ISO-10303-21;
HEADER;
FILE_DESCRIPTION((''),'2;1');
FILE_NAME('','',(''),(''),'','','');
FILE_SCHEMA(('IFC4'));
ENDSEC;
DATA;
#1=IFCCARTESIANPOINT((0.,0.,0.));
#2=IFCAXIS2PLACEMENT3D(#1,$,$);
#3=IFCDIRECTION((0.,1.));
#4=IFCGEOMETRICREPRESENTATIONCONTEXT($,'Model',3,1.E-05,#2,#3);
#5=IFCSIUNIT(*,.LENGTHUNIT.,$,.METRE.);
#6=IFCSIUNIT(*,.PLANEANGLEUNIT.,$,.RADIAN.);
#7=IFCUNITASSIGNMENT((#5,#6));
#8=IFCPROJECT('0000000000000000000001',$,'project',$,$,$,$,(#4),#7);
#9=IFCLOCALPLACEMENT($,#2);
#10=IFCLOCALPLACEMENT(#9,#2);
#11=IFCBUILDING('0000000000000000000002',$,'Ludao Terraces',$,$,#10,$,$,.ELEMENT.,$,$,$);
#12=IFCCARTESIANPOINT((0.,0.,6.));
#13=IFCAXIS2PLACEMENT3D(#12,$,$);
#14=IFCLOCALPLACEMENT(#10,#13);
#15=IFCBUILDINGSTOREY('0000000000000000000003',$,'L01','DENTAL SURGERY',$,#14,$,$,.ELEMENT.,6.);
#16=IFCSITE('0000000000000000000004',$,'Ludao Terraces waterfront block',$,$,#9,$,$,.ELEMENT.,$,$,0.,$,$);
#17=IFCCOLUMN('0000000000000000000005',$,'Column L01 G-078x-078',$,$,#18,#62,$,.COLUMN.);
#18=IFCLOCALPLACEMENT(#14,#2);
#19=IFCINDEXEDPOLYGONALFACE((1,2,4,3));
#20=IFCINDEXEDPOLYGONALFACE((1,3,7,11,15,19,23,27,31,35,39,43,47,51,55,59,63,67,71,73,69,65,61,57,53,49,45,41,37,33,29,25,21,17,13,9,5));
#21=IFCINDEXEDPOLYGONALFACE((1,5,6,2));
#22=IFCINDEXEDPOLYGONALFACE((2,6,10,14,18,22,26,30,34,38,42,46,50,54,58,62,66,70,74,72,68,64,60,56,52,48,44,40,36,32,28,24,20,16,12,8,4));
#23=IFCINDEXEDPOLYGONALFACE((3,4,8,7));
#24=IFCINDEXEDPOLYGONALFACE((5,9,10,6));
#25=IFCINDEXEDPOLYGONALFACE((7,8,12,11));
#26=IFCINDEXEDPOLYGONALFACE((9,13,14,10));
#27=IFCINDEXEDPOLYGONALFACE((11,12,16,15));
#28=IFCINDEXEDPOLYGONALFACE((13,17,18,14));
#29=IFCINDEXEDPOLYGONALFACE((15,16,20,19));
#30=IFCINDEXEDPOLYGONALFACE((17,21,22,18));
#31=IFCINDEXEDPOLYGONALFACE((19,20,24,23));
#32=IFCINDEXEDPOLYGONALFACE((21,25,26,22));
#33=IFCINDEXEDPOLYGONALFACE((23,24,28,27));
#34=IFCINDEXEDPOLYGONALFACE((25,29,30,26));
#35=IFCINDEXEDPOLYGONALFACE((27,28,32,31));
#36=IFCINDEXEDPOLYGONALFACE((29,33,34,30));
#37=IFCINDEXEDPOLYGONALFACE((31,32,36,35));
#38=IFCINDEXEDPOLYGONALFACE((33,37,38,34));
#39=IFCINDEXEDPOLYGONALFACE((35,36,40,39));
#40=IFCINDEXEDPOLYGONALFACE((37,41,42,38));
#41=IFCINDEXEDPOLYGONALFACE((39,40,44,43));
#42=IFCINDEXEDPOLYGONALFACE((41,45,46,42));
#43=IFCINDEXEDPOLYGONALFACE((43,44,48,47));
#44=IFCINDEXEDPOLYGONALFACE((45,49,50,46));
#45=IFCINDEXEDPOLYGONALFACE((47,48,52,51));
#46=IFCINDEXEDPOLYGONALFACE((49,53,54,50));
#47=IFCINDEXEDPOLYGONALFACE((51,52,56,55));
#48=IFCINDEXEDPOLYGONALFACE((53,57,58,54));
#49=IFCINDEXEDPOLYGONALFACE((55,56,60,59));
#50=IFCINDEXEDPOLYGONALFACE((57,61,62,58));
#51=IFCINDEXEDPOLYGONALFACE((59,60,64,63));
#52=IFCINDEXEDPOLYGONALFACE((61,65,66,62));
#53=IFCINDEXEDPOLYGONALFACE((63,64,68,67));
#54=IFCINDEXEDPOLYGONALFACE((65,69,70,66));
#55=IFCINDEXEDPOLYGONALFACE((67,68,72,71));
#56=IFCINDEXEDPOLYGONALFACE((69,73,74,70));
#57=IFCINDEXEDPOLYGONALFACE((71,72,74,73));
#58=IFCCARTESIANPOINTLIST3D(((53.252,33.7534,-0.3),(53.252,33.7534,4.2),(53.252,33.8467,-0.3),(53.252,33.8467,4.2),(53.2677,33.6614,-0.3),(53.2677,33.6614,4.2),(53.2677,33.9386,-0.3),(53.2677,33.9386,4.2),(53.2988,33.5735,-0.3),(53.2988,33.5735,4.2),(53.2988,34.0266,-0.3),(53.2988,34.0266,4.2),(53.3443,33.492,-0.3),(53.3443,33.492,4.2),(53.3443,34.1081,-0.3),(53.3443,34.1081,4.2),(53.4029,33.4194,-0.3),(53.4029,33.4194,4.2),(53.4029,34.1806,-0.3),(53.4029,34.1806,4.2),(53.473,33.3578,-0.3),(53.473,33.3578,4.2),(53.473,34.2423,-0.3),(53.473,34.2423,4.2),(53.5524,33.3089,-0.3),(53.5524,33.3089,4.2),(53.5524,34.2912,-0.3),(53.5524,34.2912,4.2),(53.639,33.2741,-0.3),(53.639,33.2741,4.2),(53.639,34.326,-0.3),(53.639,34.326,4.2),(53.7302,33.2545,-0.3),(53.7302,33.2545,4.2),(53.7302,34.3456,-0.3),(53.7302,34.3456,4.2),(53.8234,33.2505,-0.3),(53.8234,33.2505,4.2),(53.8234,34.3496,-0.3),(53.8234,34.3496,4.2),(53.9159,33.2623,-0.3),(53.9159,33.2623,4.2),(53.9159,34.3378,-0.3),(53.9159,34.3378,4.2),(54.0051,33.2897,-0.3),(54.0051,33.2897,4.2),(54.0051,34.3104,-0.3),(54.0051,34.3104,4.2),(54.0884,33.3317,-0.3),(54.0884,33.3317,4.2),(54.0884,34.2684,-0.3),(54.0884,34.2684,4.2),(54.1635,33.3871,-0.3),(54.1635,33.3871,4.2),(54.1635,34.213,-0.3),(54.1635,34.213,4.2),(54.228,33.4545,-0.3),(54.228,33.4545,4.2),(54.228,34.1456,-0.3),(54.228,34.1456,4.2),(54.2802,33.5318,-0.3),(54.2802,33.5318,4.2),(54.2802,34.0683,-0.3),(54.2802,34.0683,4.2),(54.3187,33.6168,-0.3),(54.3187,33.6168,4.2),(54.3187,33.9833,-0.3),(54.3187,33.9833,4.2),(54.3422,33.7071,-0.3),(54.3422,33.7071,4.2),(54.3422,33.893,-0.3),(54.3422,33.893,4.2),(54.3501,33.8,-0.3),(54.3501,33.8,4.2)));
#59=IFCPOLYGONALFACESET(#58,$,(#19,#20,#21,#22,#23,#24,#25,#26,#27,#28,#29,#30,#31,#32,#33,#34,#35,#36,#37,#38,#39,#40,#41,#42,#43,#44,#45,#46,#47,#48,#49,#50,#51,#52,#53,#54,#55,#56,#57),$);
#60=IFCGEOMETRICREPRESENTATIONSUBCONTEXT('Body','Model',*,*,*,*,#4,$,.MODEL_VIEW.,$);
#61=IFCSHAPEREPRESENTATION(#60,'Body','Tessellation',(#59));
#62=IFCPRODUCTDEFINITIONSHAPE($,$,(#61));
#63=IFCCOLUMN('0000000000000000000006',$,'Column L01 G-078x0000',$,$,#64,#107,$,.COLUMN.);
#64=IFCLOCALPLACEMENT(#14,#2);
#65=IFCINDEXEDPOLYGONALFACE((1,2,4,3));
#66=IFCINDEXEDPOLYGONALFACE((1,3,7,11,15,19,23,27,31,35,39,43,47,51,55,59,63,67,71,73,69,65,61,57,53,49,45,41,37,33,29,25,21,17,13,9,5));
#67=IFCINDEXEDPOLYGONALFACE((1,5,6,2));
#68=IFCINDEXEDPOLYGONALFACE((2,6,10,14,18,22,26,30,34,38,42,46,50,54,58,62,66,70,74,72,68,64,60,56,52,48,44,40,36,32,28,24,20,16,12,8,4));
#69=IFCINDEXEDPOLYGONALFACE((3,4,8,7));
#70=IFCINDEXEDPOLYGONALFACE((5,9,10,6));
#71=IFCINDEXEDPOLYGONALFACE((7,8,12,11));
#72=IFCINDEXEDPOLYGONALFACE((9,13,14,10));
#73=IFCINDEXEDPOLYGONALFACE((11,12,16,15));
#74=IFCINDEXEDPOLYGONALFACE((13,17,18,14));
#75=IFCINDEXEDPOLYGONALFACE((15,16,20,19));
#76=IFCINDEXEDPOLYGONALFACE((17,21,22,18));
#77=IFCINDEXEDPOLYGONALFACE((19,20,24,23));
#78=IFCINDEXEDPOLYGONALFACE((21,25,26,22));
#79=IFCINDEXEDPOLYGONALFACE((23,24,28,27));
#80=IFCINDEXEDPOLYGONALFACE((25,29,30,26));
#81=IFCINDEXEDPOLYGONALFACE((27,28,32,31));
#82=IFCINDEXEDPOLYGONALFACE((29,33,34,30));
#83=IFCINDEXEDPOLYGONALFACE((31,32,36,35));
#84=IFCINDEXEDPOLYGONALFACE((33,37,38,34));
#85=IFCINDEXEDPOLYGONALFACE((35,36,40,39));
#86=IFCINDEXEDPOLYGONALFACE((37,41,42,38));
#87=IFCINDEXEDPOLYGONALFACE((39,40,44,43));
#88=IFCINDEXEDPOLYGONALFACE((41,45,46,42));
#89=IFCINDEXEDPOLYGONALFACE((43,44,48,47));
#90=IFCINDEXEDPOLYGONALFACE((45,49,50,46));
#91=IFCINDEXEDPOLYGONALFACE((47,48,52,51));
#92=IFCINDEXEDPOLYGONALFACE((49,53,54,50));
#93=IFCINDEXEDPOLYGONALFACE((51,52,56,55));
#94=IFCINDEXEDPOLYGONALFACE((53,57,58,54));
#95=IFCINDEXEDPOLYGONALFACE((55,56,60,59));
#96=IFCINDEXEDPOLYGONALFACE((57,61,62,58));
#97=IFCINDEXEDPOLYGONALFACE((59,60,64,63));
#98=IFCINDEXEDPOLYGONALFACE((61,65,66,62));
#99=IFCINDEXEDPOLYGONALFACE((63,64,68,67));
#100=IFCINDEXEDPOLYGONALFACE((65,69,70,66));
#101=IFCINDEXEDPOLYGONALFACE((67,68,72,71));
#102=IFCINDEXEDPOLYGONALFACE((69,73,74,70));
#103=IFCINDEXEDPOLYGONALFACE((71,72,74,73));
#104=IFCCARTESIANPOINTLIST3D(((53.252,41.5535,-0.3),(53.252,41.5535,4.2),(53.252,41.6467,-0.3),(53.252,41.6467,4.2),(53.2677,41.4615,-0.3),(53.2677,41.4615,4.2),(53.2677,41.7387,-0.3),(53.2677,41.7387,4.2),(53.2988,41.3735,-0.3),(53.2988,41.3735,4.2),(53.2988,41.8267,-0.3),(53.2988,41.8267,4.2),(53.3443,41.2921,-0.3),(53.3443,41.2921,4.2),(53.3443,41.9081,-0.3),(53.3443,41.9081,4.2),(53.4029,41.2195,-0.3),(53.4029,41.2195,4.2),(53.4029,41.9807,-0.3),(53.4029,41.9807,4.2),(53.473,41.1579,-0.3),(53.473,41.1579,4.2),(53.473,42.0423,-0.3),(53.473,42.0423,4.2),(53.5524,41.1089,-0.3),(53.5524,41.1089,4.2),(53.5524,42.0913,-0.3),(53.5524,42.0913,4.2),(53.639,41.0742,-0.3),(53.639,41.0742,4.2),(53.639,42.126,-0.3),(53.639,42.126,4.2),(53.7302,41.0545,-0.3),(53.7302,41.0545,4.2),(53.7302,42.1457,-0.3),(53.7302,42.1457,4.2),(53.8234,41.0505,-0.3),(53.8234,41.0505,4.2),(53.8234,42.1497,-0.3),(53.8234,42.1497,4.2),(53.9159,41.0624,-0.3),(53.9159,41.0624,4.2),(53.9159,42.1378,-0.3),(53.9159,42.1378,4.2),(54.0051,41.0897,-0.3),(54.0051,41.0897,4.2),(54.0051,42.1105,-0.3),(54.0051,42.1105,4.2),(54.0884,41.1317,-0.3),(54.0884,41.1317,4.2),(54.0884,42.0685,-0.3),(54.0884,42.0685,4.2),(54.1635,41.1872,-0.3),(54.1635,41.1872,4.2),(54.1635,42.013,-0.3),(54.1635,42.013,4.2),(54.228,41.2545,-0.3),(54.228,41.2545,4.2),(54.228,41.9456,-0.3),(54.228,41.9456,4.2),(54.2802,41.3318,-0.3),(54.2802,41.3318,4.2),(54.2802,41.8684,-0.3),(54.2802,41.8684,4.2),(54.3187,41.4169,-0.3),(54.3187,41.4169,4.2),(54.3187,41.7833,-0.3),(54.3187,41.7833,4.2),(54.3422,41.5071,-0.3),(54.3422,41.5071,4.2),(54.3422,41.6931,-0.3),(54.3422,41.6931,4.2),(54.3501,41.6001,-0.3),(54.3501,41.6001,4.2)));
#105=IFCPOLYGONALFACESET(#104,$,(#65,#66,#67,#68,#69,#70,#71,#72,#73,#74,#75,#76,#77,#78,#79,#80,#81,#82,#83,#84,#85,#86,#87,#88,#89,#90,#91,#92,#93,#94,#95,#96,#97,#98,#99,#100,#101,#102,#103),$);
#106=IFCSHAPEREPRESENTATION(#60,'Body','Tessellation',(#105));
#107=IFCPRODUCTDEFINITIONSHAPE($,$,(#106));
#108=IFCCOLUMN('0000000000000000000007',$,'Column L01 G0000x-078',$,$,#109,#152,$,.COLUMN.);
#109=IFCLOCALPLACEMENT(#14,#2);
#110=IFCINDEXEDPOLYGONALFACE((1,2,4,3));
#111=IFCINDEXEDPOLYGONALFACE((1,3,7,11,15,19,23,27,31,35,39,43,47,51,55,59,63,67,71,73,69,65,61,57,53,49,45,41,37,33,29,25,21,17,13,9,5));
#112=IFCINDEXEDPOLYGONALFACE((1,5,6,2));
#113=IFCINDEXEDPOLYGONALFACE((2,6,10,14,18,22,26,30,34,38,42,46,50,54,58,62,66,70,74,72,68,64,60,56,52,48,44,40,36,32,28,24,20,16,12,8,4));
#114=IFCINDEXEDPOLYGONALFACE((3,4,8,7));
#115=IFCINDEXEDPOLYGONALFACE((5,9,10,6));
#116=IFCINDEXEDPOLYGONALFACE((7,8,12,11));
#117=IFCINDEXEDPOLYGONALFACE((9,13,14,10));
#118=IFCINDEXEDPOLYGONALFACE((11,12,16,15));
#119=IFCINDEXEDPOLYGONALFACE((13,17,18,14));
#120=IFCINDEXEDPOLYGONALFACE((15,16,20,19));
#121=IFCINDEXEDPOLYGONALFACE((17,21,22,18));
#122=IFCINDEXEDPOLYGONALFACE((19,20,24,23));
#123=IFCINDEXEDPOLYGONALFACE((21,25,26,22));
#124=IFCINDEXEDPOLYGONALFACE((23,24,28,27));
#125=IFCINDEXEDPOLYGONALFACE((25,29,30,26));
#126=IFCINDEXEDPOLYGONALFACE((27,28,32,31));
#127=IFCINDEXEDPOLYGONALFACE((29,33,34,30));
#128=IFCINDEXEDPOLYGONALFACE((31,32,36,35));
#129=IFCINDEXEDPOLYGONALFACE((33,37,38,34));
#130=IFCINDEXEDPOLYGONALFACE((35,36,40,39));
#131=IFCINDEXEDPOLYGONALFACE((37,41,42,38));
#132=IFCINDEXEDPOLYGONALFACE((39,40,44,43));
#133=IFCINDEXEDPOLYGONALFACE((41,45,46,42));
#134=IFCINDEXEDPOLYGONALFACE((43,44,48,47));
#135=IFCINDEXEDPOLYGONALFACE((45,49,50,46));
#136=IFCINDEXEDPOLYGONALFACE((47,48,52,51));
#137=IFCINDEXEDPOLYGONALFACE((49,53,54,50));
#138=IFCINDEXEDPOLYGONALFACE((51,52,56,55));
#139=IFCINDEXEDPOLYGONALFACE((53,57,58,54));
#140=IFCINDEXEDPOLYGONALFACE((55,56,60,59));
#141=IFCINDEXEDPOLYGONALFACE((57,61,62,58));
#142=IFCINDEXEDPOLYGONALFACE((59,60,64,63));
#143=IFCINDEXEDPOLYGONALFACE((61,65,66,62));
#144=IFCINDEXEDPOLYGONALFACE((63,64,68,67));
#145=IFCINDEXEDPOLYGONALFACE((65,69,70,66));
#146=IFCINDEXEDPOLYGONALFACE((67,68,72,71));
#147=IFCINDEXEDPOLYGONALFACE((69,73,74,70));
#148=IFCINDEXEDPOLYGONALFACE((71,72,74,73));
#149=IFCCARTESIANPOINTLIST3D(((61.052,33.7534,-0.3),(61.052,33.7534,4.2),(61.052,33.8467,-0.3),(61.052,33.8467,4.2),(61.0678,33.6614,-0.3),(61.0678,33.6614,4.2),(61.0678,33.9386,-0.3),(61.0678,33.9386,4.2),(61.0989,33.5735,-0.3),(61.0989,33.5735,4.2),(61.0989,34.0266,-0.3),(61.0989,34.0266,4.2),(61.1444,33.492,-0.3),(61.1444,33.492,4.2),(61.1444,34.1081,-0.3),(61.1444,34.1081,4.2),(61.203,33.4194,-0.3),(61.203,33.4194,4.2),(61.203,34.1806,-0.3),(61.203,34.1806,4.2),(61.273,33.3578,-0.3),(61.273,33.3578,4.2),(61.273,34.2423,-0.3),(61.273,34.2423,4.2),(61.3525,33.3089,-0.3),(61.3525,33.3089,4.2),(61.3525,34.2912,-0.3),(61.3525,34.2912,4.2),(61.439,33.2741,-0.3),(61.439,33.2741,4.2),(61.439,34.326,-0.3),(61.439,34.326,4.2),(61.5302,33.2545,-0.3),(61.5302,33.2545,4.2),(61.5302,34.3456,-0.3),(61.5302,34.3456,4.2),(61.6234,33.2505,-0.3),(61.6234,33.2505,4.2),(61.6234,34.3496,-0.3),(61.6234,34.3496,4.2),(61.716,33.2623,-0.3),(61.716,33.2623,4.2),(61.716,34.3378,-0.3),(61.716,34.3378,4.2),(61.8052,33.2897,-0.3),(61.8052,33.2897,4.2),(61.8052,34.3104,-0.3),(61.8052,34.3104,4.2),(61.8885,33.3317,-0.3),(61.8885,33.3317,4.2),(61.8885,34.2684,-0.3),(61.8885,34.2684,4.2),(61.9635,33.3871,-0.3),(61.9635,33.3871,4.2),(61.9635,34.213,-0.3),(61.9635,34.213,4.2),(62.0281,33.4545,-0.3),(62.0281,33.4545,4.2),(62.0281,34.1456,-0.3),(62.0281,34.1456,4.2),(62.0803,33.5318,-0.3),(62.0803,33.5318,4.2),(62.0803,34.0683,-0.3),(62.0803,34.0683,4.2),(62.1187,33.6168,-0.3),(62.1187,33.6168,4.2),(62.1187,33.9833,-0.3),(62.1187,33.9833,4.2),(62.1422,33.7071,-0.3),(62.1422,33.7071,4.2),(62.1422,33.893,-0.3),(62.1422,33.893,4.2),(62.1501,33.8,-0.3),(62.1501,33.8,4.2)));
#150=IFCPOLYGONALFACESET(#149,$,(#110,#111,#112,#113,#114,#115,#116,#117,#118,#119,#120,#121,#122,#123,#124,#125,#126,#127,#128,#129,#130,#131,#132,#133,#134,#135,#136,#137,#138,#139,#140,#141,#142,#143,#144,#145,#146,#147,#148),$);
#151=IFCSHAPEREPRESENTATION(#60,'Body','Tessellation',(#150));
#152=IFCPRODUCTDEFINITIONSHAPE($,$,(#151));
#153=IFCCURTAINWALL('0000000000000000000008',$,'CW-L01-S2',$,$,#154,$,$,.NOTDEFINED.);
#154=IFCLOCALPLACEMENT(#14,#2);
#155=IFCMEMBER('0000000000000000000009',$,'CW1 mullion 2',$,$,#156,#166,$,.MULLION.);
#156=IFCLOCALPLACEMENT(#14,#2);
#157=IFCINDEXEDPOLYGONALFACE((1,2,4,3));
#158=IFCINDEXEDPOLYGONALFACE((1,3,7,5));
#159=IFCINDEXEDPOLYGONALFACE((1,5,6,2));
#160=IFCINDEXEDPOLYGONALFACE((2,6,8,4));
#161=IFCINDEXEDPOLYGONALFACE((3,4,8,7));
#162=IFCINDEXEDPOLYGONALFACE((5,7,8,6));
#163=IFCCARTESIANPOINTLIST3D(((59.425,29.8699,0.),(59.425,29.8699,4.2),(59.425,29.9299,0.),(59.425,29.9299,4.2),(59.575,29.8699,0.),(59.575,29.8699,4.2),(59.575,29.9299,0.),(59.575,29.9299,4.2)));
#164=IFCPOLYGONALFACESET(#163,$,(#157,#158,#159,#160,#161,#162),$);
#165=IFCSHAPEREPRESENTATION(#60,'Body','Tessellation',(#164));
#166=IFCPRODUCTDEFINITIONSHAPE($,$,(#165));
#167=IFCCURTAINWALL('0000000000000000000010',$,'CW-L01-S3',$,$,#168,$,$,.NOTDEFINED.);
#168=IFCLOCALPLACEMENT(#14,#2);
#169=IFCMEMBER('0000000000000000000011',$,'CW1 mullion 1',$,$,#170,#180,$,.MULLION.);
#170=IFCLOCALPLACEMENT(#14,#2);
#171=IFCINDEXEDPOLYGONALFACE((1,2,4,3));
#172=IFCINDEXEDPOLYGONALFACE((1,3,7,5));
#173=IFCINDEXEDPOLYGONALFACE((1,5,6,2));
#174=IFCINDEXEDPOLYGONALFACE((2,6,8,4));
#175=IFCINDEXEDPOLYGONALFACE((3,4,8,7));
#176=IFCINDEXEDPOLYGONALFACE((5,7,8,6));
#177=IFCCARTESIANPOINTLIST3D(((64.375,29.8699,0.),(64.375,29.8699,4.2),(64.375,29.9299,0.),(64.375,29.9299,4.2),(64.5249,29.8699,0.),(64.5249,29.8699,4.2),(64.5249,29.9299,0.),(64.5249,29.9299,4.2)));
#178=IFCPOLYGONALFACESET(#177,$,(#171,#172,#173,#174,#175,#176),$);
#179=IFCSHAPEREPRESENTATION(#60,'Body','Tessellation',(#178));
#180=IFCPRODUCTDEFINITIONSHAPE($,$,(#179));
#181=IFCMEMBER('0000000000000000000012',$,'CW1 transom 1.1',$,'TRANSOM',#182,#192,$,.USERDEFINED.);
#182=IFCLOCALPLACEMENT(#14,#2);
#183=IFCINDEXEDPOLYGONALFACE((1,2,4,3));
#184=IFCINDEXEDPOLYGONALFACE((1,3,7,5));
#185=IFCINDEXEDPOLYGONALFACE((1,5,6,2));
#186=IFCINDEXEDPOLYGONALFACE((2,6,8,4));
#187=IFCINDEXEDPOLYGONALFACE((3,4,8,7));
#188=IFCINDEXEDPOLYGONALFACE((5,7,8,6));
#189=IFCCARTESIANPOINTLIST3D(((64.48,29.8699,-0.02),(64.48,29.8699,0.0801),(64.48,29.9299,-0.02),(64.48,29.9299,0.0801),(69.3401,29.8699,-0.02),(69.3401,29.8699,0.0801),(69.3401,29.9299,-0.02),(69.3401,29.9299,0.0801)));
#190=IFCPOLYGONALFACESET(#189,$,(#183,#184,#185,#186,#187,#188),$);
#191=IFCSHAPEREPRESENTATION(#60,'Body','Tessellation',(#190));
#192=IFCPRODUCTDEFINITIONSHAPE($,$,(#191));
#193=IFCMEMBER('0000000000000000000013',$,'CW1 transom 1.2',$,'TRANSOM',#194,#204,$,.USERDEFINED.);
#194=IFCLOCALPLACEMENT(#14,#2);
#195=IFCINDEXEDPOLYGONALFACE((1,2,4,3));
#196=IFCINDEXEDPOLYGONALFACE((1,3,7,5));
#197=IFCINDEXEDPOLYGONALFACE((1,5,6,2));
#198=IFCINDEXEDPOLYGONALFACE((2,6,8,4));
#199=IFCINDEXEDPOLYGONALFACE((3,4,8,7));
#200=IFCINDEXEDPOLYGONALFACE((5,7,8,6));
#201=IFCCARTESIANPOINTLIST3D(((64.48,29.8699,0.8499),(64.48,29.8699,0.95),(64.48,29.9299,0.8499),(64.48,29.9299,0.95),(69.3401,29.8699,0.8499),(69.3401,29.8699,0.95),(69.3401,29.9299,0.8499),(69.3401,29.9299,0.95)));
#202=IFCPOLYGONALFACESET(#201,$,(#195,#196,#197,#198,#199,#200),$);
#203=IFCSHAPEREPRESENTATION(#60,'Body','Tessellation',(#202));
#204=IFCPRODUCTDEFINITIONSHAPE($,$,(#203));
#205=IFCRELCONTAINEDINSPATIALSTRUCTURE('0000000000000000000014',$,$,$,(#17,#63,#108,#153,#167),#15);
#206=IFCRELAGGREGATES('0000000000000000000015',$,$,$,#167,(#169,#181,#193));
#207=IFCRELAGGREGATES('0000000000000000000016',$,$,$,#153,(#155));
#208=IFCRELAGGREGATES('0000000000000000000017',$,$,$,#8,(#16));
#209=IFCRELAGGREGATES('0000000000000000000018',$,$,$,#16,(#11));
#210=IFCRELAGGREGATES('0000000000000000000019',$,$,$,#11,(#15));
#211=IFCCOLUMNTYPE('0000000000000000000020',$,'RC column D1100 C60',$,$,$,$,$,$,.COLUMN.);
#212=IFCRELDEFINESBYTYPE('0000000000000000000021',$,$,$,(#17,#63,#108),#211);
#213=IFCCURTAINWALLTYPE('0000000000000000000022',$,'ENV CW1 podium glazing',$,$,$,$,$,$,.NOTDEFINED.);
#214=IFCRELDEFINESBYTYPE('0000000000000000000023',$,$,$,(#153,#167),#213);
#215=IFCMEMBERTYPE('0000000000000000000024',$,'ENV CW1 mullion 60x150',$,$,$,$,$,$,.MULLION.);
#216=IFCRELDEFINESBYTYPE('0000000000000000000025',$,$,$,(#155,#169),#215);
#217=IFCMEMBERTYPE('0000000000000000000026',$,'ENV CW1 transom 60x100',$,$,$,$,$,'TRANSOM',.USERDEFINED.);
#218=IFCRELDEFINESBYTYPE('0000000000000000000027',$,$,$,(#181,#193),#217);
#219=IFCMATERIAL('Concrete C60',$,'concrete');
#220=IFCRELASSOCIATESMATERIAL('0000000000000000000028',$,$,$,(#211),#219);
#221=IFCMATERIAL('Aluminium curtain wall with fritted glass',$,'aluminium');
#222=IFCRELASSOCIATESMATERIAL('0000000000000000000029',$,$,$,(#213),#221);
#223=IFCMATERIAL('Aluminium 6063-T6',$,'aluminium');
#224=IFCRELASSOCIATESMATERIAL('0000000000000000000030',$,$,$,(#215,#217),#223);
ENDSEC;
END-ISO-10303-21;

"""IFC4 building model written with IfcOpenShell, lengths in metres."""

from ifc_helpers import new_model, si_unit, direction, frame, origin, origin_2d, place, context, subcontext, project, spatial, rectangle, circle, extrude, material, material_profile, profile_set, type_object, element, aggregate, save


model = new_model("IFC4")

# Units and contexts
model_context = context("Model", 3, precision=1e-05, world=origin(), true_north=direction((0.0, 1.0)))
body_context = subcontext(model_context, "Body", "Model", "MODEL_VIEW")
ifc_project = project(units=[si_unit("LENGTHUNIT", "METRE"), si_unit("PLANEANGLEUNIT", "RADIAN")], contexts=[model_context])

# Site, building, storey
site_placement = place(None, origin())
site = spatial("IfcSite", under=ifc_project, at=site_placement, Name="Ludao Terraces waterfront block", CompositionType="ELEMENT", RefElevation=0.0)
building_placement = place(site_placement, origin())
building = spatial("IfcBuilding", under=site, at=building_placement, Name="Ludao Terraces", CompositionType="ELEMENT")
storey_placement = place(building_placement, frame((0.0, 0.0, 6.0)))
storey = spatial("IfcBuildingStorey", under=building, at=storey_placement, Name="L01", Description="DENTAL SURGERY", CompositionType="ELEMENT", Elevation=6.0)

# Columns
ifc_material_1 = material(Name="Concrete C60", Category="concrete")
ifc_material_profile_1 = material_profile(ifc_material_1, circle(Radius=0.55, at=origin_2d()), Name="D1100")
ifc_profile_set_1 = profile_set([ifc_material_profile_1], Name="Concrete C60")
column_type = type_object("IfcColumnType", Name="RC column D1100 C60", PredefinedType="COLUMN", material=ifc_profile_set_1)
for number, where, z_axis, x_axis, name in (
    (1, (53.8, 33.8, -0.3), (0.0, 0.0, 1.0), (1.0, 0.0, 0.0), "Column L01 G-078x-078"),
    (2, (53.8, 41.6001, -0.3), (0.0, 0.0, 1.0), (1.0, 0.0, 0.0), "Column L01 G-078x0000"),
    (3, (61.6001, 33.8, -0.3), (0.0, 0.0, 1.0), (1.0, 0.0, 0.0), "Column L01 G0000x-078"),
):
    element("IfcColumn", number, at=place(storey_placement, frame(where, z_axis=z_axis, x_axis=x_axis)), inside=storey, type_object=column_type, Name=name, PredefinedType="COLUMN", context=body_context, shape_type="SweptSolid", body=[
        extrude(circle(Radius=0.55, at=origin_2d()), origin(), (0.0, 0.0, 1.0), 4.5),
    ])

# Curtain wall, member
ifc_material_2 = material(Name="Aluminium curtain wall with fritted glass", Category="aluminium")
curtain_wall_type = type_object("IfcCurtainWallType", Name="ENV CW1 podium glazing", PredefinedType="NOTDEFINED", material=ifc_material_2)
curtain_wall_1_placement = place(storey_placement, origin())
curtain_wall_1 = element("IfcCurtainWall", 4, at=curtain_wall_1_placement, inside=storey, type_object=curtain_wall_type, Name="CW-L01-S2", PredefinedType="NOTDEFINED")
ifc_material_3 = material(Name="Aluminium 6063-T6", Category="aluminium")
ifc_material_profile_2 = material_profile(ifc_material_3, rectangle(XDim=0.0601, YDim=0.1499, at=origin_2d()), Name="60 X 150")
ifc_profile_set_2 = profile_set([ifc_material_profile_2], Name="Aluminium 6063-T6")
member_type_1 = type_object("IfcMemberType", Name="ENV CW1 mullion 60x150", PredefinedType="MULLION", material=ifc_profile_set_2)
member_1_placement = place(storey_placement, frame((59.5, 29.8999, 0.0), z_axis=(0.0, 0.0, 1.0), x_axis=(0.0, 1.0, 0.0)))
member_1 = element("IfcMember", 5, at=member_1_placement, type_object=member_type_1, Name="CW1 mullion 2", PredefinedType="MULLION", context=body_context, shape_type="SweptSolid", body=[
    extrude(rectangle(XDim=0.0601, YDim=0.1499, at=origin_2d()), origin(), (0.0, 0.0, 1.0), 4.2),
])

# Curtain wall, members
curtain_wall_2_placement = place(storey_placement, origin())
curtain_wall_2 = element("IfcCurtainWall", 6, at=curtain_wall_2_placement, inside=storey, type_object=curtain_wall_type, Name="CW-L01-S3", PredefinedType="NOTDEFINED")
member_2_placement = place(storey_placement, frame((64.45, 29.8999, 0.0), z_axis=(0.0, 0.0, 1.0), x_axis=(0.0, 1.0, 0.0)))
member_2 = element("IfcMember", 7, at=member_2_placement, type_object=member_type_1, Name="CW1 mullion 1", PredefinedType="MULLION", context=body_context, shape_type="SweptSolid", body=[
    extrude(rectangle(XDim=0.0601, YDim=0.1499, at=origin_2d()), origin(), (0.0, 0.0, 1.0), 4.2),
])
ifc_material_profile_3 = material_profile(ifc_material_3, rectangle(XDim=0.0601, YDim=0.1001, at=origin_2d()), Name="60 X 100")
ifc_profile_set_3 = profile_set([ifc_material_profile_3], Name="Aluminium 6063-T6")
member_type_2 = type_object("IfcMemberType", Name="ENV CW1 transom 60x100", ElementType="TRANSOM", PredefinedType="USERDEFINED", material=ifc_profile_set_3)
member_3_placement = place(storey_placement, frame((64.48, 29.8999, 0.03), z_axis=(1.0, 0.0, 0.0), x_axis=(0.0, 1.0, 0.0)))
member_3 = element("IfcMember", 8, at=member_3_placement, type_object=member_type_2, Name="CW1 transom 1.1", ObjectType="TRANSOM", PredefinedType="USERDEFINED", context=body_context, shape_type="SweptSolid", body=[
    extrude(rectangle(XDim=0.0601, YDim=0.1001, at=origin_2d()), origin(), (0.0, 0.0, 1.0), 4.8601),
])
member_4_placement = place(storey_placement, frame((64.48, 29.8999, 0.8999), z_axis=(1.0, 0.0, 0.0), x_axis=(0.0, 1.0, 0.0)))
member_4 = element("IfcMember", 9, at=member_4_placement, type_object=member_type_2, Name="CW1 transom 1.2", ObjectType="TRANSOM", PredefinedType="USERDEFINED", context=body_context, shape_type="SweptSolid", body=[
    extrude(rectangle(XDim=0.0601, YDim=0.1001, at=origin_2d()), origin(), (0.0, 0.0, 1.0), 4.8601),
])
aggregate(curtain_wall_2, [member_2, member_3, member_4])

aggregate(curtain_wall_1, [member_1])

save(model, "model.ifc")
